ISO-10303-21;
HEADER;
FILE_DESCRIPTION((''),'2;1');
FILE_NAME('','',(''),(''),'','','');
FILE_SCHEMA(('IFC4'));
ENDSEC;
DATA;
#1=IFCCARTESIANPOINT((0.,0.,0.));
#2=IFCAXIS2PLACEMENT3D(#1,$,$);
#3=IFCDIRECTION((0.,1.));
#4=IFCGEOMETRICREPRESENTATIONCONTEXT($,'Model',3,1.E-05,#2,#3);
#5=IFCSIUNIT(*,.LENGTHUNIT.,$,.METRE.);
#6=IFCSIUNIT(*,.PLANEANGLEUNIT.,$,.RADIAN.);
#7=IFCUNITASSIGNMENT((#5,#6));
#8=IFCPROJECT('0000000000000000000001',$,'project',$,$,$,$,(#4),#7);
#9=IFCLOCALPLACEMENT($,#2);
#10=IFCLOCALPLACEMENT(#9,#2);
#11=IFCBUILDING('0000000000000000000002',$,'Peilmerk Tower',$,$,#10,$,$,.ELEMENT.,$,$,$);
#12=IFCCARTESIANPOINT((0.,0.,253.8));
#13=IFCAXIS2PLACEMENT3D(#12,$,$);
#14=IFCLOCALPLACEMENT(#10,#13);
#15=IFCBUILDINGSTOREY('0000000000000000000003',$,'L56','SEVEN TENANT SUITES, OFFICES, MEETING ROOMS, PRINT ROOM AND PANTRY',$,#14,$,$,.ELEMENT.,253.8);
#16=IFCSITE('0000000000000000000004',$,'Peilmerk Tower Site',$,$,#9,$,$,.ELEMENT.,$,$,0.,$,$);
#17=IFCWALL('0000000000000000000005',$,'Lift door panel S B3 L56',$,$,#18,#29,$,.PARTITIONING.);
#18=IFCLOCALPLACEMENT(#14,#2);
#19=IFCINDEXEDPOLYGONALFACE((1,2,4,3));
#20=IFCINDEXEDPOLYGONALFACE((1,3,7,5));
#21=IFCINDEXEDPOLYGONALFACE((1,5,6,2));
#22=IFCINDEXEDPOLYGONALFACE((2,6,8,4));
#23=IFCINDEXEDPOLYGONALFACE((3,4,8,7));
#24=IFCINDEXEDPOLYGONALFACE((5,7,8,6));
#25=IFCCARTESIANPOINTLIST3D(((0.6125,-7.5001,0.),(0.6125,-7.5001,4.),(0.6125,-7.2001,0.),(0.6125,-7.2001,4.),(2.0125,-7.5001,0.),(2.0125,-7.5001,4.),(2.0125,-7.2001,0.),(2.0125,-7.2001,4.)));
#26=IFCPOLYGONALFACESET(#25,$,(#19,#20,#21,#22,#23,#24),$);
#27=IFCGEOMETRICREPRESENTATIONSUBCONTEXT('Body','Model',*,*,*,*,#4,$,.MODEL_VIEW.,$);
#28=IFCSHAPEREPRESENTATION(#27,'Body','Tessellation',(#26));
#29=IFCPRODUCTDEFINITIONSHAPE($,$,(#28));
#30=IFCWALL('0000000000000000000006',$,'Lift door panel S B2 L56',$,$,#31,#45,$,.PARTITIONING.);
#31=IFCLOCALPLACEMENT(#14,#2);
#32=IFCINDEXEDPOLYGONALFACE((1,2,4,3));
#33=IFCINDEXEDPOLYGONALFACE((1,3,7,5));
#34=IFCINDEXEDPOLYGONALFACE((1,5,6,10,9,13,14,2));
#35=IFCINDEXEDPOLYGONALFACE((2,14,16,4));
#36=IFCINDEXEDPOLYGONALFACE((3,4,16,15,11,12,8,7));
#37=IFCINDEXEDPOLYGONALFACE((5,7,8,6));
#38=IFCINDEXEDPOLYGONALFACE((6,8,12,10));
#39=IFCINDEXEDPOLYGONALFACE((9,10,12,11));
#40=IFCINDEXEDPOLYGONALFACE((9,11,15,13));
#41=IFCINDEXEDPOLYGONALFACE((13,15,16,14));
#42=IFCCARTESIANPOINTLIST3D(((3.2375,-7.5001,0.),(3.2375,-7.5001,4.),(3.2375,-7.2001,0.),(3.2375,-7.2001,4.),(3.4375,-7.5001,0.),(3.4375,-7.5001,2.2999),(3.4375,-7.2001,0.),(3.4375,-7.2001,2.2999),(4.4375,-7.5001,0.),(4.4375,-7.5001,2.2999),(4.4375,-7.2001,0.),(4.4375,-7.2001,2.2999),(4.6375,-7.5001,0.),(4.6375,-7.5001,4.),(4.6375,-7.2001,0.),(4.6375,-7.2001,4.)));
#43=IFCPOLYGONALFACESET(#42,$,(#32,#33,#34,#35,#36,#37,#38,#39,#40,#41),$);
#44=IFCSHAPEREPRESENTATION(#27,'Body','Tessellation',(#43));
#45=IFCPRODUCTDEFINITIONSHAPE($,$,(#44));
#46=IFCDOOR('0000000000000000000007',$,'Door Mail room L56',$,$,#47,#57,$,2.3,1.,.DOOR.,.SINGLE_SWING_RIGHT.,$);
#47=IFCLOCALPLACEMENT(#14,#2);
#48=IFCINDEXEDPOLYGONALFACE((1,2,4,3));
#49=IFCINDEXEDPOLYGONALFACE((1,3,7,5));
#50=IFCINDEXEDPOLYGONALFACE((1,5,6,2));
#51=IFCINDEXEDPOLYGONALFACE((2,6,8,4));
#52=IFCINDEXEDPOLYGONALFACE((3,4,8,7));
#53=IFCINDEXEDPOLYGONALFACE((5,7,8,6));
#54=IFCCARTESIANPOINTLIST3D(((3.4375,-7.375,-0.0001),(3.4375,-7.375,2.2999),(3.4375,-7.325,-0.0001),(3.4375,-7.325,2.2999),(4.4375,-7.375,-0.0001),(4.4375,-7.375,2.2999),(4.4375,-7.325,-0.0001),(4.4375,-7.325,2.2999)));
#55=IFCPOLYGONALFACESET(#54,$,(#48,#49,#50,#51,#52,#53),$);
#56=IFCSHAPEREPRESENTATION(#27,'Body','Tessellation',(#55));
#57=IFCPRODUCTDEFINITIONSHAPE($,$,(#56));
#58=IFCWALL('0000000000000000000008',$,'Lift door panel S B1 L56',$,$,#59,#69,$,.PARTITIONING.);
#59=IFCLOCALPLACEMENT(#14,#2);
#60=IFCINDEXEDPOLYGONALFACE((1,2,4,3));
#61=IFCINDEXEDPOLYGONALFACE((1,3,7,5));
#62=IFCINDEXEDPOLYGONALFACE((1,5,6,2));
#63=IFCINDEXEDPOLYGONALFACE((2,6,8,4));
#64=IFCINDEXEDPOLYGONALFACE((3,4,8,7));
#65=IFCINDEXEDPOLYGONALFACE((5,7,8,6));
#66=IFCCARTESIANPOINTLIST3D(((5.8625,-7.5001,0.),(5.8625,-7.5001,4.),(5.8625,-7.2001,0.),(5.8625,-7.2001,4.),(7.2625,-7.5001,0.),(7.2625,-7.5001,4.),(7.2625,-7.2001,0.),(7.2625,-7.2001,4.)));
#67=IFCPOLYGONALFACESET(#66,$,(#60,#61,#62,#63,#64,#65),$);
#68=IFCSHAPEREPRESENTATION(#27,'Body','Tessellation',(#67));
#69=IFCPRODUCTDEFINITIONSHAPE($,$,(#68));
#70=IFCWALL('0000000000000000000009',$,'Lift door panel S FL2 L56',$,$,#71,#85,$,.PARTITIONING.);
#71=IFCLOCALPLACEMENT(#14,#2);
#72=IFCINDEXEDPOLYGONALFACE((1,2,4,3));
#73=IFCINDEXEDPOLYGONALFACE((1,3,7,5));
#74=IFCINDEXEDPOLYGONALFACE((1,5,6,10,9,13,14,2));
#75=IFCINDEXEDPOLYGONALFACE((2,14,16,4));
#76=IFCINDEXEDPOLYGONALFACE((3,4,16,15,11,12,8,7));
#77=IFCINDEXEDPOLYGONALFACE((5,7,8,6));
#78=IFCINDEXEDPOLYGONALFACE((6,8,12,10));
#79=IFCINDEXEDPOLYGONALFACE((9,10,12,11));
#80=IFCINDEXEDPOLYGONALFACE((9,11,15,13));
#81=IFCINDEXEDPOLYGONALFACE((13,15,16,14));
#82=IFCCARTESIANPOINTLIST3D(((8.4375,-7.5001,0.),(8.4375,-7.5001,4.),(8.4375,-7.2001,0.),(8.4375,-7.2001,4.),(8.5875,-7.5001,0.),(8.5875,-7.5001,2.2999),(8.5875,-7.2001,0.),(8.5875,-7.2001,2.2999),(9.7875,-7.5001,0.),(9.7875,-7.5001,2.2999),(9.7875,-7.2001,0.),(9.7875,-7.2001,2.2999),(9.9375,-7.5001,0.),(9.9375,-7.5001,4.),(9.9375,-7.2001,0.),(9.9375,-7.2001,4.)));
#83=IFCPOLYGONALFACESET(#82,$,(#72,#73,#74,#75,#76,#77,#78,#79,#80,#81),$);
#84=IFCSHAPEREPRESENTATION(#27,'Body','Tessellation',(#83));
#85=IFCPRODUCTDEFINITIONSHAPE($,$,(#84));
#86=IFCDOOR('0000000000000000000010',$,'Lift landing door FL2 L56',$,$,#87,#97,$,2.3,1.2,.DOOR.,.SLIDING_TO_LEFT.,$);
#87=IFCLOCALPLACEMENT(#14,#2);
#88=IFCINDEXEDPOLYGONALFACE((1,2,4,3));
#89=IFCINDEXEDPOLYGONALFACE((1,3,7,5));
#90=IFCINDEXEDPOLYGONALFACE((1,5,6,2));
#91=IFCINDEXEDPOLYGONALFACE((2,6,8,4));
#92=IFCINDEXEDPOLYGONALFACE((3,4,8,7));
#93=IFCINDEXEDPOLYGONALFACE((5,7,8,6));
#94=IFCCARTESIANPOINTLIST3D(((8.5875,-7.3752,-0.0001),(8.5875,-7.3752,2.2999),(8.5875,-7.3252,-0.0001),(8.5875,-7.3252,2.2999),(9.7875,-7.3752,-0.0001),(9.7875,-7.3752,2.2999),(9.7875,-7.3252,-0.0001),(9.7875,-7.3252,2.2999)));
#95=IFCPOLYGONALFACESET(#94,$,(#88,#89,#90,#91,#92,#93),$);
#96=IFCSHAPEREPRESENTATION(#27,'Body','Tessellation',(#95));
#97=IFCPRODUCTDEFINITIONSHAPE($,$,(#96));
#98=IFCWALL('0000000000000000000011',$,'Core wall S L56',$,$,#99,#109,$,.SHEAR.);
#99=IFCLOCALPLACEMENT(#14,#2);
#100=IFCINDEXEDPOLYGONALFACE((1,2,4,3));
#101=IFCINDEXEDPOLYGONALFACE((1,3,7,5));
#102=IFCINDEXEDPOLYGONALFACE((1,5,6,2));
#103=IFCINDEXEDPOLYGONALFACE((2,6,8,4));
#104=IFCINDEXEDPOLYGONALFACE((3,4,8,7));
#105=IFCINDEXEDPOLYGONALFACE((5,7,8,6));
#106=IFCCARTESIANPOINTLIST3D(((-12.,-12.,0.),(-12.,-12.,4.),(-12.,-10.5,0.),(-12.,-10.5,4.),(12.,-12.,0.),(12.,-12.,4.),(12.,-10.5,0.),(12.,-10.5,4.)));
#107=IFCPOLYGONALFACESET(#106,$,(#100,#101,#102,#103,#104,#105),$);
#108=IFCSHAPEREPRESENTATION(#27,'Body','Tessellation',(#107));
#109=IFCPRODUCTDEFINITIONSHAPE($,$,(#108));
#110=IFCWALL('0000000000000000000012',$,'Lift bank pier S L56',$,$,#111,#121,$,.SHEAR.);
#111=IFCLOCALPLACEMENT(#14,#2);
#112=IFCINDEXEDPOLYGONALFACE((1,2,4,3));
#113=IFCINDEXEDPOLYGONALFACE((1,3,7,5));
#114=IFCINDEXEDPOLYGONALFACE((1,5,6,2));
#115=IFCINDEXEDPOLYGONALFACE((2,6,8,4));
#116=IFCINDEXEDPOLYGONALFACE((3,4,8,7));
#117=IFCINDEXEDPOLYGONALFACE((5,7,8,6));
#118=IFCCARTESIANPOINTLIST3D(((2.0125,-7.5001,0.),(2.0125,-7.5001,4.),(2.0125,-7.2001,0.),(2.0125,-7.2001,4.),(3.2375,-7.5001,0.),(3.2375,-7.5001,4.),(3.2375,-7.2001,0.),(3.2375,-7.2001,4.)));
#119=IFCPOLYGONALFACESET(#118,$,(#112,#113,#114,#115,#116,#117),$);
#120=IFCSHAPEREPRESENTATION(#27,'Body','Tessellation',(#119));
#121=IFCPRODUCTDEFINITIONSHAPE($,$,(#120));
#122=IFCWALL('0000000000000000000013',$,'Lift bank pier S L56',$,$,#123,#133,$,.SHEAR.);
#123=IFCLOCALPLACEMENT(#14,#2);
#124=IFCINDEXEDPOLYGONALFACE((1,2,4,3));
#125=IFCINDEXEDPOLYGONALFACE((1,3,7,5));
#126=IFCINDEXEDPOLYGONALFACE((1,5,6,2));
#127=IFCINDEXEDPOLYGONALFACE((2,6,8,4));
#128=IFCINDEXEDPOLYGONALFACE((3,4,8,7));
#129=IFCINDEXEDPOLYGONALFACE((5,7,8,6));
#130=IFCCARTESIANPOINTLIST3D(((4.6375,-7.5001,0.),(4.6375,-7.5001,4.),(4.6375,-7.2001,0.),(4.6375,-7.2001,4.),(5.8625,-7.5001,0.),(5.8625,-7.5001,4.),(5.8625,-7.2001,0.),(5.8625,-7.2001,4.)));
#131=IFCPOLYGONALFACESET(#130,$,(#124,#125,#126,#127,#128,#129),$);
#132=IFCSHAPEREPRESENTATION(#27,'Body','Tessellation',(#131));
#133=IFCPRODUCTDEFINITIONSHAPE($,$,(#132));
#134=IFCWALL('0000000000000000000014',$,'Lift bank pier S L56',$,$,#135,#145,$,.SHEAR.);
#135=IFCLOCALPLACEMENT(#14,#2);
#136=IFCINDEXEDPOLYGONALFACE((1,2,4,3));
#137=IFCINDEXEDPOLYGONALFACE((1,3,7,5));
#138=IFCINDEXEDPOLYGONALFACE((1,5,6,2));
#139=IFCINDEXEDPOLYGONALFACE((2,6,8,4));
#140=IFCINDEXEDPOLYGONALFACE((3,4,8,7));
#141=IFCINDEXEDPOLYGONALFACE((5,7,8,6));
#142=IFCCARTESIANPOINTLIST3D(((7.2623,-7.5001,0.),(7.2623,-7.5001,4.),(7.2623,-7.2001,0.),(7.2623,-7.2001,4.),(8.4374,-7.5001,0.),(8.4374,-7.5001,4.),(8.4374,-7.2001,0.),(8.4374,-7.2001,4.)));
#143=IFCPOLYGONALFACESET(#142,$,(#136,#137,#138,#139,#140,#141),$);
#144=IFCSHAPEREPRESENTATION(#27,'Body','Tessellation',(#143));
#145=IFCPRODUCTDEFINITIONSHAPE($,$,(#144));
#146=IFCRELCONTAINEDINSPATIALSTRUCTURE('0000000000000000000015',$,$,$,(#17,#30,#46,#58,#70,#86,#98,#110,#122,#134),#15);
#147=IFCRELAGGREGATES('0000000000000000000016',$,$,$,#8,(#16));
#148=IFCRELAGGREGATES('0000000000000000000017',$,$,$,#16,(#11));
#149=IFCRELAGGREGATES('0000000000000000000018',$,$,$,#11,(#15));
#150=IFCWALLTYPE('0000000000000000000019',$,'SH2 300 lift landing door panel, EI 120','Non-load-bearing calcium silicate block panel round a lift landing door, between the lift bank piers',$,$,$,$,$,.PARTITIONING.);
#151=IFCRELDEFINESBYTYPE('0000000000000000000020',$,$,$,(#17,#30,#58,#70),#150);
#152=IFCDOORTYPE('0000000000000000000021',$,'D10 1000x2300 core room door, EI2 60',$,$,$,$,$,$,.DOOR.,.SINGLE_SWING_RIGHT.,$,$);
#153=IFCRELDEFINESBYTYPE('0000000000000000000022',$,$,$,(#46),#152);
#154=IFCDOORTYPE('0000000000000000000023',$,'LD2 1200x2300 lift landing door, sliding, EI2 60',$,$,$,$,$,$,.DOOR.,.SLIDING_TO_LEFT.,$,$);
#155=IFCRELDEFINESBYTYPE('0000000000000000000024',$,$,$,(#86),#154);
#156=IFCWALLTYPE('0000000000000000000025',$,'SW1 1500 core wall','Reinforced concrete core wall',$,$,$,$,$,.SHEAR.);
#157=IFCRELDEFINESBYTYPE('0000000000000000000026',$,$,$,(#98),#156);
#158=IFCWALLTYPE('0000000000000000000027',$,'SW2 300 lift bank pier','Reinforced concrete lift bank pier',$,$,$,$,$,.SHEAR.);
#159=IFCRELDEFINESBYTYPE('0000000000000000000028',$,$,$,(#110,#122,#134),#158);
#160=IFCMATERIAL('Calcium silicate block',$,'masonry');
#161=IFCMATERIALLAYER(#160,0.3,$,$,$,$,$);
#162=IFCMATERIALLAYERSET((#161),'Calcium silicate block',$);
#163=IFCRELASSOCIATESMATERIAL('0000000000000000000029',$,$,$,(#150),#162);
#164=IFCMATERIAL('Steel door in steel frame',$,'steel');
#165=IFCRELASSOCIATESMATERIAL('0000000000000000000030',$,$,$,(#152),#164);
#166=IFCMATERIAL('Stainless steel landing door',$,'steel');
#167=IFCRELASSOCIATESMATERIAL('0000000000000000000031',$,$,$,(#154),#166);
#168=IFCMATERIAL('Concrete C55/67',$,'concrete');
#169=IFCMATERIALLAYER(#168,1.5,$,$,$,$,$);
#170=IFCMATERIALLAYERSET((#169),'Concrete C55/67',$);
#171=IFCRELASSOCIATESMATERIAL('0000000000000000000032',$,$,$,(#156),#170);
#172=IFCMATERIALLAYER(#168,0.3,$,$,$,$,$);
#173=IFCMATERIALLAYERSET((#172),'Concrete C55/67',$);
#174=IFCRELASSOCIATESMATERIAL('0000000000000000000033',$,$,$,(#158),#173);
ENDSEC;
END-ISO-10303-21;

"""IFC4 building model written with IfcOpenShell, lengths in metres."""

from ifc_helpers import new_model, si_unit, direction, frame, frame_2d, origin, place, context, subcontext, project, spatial, rectangle, extrude, material, layer, layer_set, type_object, element, fill, save


model = new_model("IFC4")

# Units and contexts
model_context = context("Model", 3, precision=1e-05, world=origin(), true_north=direction((0.0, 1.0)))
body_context = subcontext(model_context, "Body", "Model", "MODEL_VIEW")
ifc_project = project(units=[si_unit("LENGTHUNIT", "METRE"), si_unit("PLANEANGLEUNIT", "RADIAN")], contexts=[model_context])

# Site, building, storey
site_placement = place(None, origin())
site = spatial("IfcSite", under=ifc_project, at=site_placement, Name="Peilmerk Tower Site", CompositionType="ELEMENT", RefElevation=0.0)
building_placement = place(site_placement, origin())
building = spatial("IfcBuilding", under=site, at=building_placement, Name="Peilmerk Tower", CompositionType="ELEMENT")
storey_placement = place(building_placement, frame((0.0, 0.0, 253.8)))
storey = spatial("IfcBuildingStorey", under=building, at=storey_placement, Name="L56", Description="SEVEN TENANT SUITES, OFFICES, MEETING ROOMS, PRINT ROOM AND PANTRY", CompositionType="ELEMENT", Elevation=253.8)

# Shared definitions
ifc_material_1 = material(Name="Calcium silicate block", Category="masonry")

# Wall
ifc_layer_1 = layer(ifc_material_1, 0.3)
ifc_layer_set_1 = layer_set([ifc_layer_1], Name="Calcium silicate block")
wall_type_1 = type_object("IfcWallType", Name="SH2 300 lift landing door panel, EI 120", Description="Non-load-bearing calcium silicate block panel round a lift landing door, between the lift bank piers", PredefinedType="PARTITIONING", material=ifc_layer_set_1)
wall_1_placement = place(storey_placement, frame((0.6125, -7.3501, 0.0), z_axis=(0.0, 0.0, 1.0), x_axis=(1.0, 0.0, 0.0)))
element("IfcWall", 1, at=wall_1_placement, inside=storey, type_object=wall_type_1, Name="Lift door panel S B3 L56", PredefinedType="PARTITIONING", context=body_context, shape_type="SweptSolid", body=[
    extrude(rectangle(XDim=1.3999, YDim=0.3, at=frame_2d((0.7, 0.0))), origin(), (0.0, 0.0, 1.0), 4.0),
])

# Wall, opening, door
wall_2_placement = place(storey_placement, frame((3.2375, -7.3501, 0.0), z_axis=(0.0, 0.0, 1.0), x_axis=(1.0, 0.0, 0.0)))
wall_2 = element("IfcWall", 2, at=wall_2_placement, inside=storey, type_object=wall_type_1, Name="Lift door panel S B2 L56", PredefinedType="PARTITIONING", context=body_context, shape_type="SweptSolid", body=[
    extrude(rectangle(XDim=1.3999, YDim=0.3, at=frame_2d((0.7, 0.0))), origin(), (0.0, 0.0, 1.0), 4.0),
])
opening_1_placement = place(wall_2_placement, frame((0.2, 0.0, 0.0)))
opening_1 = element("IfcOpeningElement", 3, at=opening_1_placement, cuts=wall_2, PredefinedType="OPENING", context=body_context, shape_type="SweptSolid", body=[
    extrude(rectangle(XDim=1.0, YDim=2.3, at=frame_2d((0.5, 1.1499))), frame((0.0, 0.1599, 0.0), z_axis=(0.0, -1.0, 0.0), x_axis=(1.0, 0.0, 0.0)), (0.0, 0.0, 1.0), 0.3201),
])
ifc_material_2 = material(Name="Steel door in steel frame", Category="steel")
door_type_1 = type_object("IfcDoorType", Name="D10 1000x2300 core room door, EI2 60", OperationType="SINGLE_SWING_RIGHT", PredefinedType="DOOR", material=ifc_material_2)
door_1_placement = place(opening_1_placement, frame((1.0, 0.0, 0.0), z_axis=(0.0, 0.0, 1.0), x_axis=(-1.0, 0.0, 0.0)))
door_1 = element("IfcDoor", 4, at=door_1_placement, inside=storey, type_object=door_type_1, Name="Door Mail room L56", OperationType="SINGLE_SWING_RIGHT", OverallHeight=2.3, OverallWidth=1.0, PredefinedType="DOOR", context=body_context, shape_type="SweptSolid", body=[
    extrude(rectangle(XDim=1.0, YDim=2.3, at=frame_2d((0.5, 1.1499))), frame((0.0, 0.0249, 0.0), z_axis=(0.0, -1.0, 0.0), x_axis=(1.0, 0.0, 0.0)), (0.0, 0.0, 1.0), 0.05),
])
fill(opening_1, door_1)

# Wall
wall_3_placement = place(storey_placement, frame((5.8625, -7.3501, 0.0), z_axis=(0.0, 0.0, 1.0), x_axis=(1.0, 0.0, 0.0)))
element("IfcWall", 5, at=wall_3_placement, inside=storey, type_object=wall_type_1, Name="Lift door panel S B1 L56", PredefinedType="PARTITIONING", context=body_context, shape_type="SweptSolid", body=[
    extrude(rectangle(XDim=1.3999, YDim=0.3, at=frame_2d((0.7, 0.0))), origin(), (0.0, 0.0, 1.0), 4.0),
])

# Wall, opening, door
wall_4_placement = place(storey_placement, frame((8.4375, -7.3501, 0.0), z_axis=(0.0, 0.0, 1.0), x_axis=(1.0, 0.0, 0.0)))
wall_4 = element("IfcWall", 6, at=wall_4_placement, inside=storey, type_object=wall_type_1, Name="Lift door panel S FL2 L56", PredefinedType="PARTITIONING", context=body_context, shape_type="SweptSolid", body=[
    extrude(rectangle(XDim=1.5, YDim=0.3, at=frame_2d((0.75, 0.0))), origin(), (0.0, 0.0, 1.0), 4.0),
])
opening_2_placement = place(wall_4_placement, frame((0.1499, 0.0, 0.0)))
opening_2 = element("IfcOpeningElement", 7, at=opening_2_placement, cuts=wall_4, PredefinedType="OPENING", context=body_context, shape_type="SweptSolid", body=[
    extrude(rectangle(XDim=1.2, YDim=2.3, at=frame_2d((0.6001, 1.1499))), frame((0.0, 0.1599, 0.0), z_axis=(0.0, -1.0, 0.0), x_axis=(1.0, 0.0, 0.0)), (0.0, 0.0, 1.0), 0.3201),
])
ifc_material_3 = material(Name="Stainless steel landing door", Category="steel")
door_type_2 = type_object("IfcDoorType", Name="LD2 1200x2300 lift landing door, sliding, EI2 60", OperationType="SLIDING_TO_LEFT", PredefinedType="DOOR", material=ifc_material_3)
door_2_placement = place(opening_2_placement, origin())
door_2 = element("IfcDoor", 8, at=door_2_placement, inside=storey, type_object=door_type_2, Name="Lift landing door FL2 L56", OperationType="SLIDING_TO_LEFT", OverallHeight=2.3, OverallWidth=1.2, PredefinedType="DOOR", context=body_context, shape_type="SweptSolid", body=[
    extrude(rectangle(XDim=1.2, YDim=2.3, at=frame_2d((0.6001, 1.1499))), frame((0.0, 0.0249, 0.0), z_axis=(0.0, -1.0, 0.0), x_axis=(1.0, 0.0, 0.0)), (0.0, 0.0, 1.0), 0.05),
])
fill(opening_2, door_2)

# Walls
ifc_material_4 = material(Name="Concrete C55/67", Category="concrete")
ifc_layer_2 = layer(ifc_material_4, 1.5)
ifc_layer_set_2 = layer_set([ifc_layer_2], Name="Concrete C55/67")
wall_type_2 = type_object("IfcWallType", Name="SW1 1500 core wall", Description="Reinforced concrete core wall", PredefinedType="SHEAR", material=ifc_layer_set_2)
wall_5_placement = place(storey_placement, frame((12.0, -11.25, 0.0), z_axis=(0.0, 0.0, 1.0), x_axis=(-1.0, 0.0, 0.0)))
element("IfcWall", 9, at=wall_5_placement, inside=storey, type_object=wall_type_2, Name="Core wall S L56", PredefinedType="SHEAR", context=body_context, shape_type="SweptSolid", body=[
    extrude(rectangle(XDim=24.0, YDim=1.5, at=frame_2d((12.0, 0.0))), origin(), (0.0, 0.0, 1.0), 4.0),
])
ifc_layer_3 = layer(ifc_material_4, 0.3)
ifc_layer_set_3 = layer_set([ifc_layer_3], Name="Concrete C55/67")
wall_type_3 = type_object("IfcWallType", Name="SW2 300 lift bank pier", Description="Reinforced concrete lift bank pier", PredefinedType="SHEAR", material=ifc_layer_set_3)
for number, where, z_axis, x_axis, name in (
    (10, (2.0125, -7.3501, 0.0), (0.0, 0.0, 1.0), (1.0, 0.0, 0.0), "Lift bank pier S L56"),
    (11, (4.6375, -7.3501, 0.0), (0.0, 0.0, 1.0), (1.0, 0.0, 0.0), "Lift bank pier S L56"),
):
    element("IfcWall", number, at=place(storey_placement, frame(where, z_axis=z_axis, x_axis=x_axis)), inside=storey, type_object=wall_type_3, Name=name, PredefinedType="SHEAR", context=body_context, shape_type="SweptSolid", body=[
        extrude(rectangle(XDim=1.2251, YDim=0.3, at=frame_2d((0.6125, 0.0))), origin(), (0.0, 0.0, 1.0), 4.0),
    ])
wall_6_placement = place(storey_placement, frame((7.2625, -7.3501, 0.0), z_axis=(0.0, 0.0, 1.0), x_axis=(1.0, 0.0, 0.0)))
element("IfcWall", 12, at=wall_6_placement, inside=storey, type_object=wall_type_3, Name="Lift bank pier S L56", PredefinedType="SHEAR", context=body_context, shape_type="SweptSolid", body=[
    extrude(rectangle(XDim=1.175, YDim=0.3, at=frame_2d((0.5874, 0.0))), origin(), (0.0, 0.0, 1.0), 4.0),
])

save(model, "model.ifc")
